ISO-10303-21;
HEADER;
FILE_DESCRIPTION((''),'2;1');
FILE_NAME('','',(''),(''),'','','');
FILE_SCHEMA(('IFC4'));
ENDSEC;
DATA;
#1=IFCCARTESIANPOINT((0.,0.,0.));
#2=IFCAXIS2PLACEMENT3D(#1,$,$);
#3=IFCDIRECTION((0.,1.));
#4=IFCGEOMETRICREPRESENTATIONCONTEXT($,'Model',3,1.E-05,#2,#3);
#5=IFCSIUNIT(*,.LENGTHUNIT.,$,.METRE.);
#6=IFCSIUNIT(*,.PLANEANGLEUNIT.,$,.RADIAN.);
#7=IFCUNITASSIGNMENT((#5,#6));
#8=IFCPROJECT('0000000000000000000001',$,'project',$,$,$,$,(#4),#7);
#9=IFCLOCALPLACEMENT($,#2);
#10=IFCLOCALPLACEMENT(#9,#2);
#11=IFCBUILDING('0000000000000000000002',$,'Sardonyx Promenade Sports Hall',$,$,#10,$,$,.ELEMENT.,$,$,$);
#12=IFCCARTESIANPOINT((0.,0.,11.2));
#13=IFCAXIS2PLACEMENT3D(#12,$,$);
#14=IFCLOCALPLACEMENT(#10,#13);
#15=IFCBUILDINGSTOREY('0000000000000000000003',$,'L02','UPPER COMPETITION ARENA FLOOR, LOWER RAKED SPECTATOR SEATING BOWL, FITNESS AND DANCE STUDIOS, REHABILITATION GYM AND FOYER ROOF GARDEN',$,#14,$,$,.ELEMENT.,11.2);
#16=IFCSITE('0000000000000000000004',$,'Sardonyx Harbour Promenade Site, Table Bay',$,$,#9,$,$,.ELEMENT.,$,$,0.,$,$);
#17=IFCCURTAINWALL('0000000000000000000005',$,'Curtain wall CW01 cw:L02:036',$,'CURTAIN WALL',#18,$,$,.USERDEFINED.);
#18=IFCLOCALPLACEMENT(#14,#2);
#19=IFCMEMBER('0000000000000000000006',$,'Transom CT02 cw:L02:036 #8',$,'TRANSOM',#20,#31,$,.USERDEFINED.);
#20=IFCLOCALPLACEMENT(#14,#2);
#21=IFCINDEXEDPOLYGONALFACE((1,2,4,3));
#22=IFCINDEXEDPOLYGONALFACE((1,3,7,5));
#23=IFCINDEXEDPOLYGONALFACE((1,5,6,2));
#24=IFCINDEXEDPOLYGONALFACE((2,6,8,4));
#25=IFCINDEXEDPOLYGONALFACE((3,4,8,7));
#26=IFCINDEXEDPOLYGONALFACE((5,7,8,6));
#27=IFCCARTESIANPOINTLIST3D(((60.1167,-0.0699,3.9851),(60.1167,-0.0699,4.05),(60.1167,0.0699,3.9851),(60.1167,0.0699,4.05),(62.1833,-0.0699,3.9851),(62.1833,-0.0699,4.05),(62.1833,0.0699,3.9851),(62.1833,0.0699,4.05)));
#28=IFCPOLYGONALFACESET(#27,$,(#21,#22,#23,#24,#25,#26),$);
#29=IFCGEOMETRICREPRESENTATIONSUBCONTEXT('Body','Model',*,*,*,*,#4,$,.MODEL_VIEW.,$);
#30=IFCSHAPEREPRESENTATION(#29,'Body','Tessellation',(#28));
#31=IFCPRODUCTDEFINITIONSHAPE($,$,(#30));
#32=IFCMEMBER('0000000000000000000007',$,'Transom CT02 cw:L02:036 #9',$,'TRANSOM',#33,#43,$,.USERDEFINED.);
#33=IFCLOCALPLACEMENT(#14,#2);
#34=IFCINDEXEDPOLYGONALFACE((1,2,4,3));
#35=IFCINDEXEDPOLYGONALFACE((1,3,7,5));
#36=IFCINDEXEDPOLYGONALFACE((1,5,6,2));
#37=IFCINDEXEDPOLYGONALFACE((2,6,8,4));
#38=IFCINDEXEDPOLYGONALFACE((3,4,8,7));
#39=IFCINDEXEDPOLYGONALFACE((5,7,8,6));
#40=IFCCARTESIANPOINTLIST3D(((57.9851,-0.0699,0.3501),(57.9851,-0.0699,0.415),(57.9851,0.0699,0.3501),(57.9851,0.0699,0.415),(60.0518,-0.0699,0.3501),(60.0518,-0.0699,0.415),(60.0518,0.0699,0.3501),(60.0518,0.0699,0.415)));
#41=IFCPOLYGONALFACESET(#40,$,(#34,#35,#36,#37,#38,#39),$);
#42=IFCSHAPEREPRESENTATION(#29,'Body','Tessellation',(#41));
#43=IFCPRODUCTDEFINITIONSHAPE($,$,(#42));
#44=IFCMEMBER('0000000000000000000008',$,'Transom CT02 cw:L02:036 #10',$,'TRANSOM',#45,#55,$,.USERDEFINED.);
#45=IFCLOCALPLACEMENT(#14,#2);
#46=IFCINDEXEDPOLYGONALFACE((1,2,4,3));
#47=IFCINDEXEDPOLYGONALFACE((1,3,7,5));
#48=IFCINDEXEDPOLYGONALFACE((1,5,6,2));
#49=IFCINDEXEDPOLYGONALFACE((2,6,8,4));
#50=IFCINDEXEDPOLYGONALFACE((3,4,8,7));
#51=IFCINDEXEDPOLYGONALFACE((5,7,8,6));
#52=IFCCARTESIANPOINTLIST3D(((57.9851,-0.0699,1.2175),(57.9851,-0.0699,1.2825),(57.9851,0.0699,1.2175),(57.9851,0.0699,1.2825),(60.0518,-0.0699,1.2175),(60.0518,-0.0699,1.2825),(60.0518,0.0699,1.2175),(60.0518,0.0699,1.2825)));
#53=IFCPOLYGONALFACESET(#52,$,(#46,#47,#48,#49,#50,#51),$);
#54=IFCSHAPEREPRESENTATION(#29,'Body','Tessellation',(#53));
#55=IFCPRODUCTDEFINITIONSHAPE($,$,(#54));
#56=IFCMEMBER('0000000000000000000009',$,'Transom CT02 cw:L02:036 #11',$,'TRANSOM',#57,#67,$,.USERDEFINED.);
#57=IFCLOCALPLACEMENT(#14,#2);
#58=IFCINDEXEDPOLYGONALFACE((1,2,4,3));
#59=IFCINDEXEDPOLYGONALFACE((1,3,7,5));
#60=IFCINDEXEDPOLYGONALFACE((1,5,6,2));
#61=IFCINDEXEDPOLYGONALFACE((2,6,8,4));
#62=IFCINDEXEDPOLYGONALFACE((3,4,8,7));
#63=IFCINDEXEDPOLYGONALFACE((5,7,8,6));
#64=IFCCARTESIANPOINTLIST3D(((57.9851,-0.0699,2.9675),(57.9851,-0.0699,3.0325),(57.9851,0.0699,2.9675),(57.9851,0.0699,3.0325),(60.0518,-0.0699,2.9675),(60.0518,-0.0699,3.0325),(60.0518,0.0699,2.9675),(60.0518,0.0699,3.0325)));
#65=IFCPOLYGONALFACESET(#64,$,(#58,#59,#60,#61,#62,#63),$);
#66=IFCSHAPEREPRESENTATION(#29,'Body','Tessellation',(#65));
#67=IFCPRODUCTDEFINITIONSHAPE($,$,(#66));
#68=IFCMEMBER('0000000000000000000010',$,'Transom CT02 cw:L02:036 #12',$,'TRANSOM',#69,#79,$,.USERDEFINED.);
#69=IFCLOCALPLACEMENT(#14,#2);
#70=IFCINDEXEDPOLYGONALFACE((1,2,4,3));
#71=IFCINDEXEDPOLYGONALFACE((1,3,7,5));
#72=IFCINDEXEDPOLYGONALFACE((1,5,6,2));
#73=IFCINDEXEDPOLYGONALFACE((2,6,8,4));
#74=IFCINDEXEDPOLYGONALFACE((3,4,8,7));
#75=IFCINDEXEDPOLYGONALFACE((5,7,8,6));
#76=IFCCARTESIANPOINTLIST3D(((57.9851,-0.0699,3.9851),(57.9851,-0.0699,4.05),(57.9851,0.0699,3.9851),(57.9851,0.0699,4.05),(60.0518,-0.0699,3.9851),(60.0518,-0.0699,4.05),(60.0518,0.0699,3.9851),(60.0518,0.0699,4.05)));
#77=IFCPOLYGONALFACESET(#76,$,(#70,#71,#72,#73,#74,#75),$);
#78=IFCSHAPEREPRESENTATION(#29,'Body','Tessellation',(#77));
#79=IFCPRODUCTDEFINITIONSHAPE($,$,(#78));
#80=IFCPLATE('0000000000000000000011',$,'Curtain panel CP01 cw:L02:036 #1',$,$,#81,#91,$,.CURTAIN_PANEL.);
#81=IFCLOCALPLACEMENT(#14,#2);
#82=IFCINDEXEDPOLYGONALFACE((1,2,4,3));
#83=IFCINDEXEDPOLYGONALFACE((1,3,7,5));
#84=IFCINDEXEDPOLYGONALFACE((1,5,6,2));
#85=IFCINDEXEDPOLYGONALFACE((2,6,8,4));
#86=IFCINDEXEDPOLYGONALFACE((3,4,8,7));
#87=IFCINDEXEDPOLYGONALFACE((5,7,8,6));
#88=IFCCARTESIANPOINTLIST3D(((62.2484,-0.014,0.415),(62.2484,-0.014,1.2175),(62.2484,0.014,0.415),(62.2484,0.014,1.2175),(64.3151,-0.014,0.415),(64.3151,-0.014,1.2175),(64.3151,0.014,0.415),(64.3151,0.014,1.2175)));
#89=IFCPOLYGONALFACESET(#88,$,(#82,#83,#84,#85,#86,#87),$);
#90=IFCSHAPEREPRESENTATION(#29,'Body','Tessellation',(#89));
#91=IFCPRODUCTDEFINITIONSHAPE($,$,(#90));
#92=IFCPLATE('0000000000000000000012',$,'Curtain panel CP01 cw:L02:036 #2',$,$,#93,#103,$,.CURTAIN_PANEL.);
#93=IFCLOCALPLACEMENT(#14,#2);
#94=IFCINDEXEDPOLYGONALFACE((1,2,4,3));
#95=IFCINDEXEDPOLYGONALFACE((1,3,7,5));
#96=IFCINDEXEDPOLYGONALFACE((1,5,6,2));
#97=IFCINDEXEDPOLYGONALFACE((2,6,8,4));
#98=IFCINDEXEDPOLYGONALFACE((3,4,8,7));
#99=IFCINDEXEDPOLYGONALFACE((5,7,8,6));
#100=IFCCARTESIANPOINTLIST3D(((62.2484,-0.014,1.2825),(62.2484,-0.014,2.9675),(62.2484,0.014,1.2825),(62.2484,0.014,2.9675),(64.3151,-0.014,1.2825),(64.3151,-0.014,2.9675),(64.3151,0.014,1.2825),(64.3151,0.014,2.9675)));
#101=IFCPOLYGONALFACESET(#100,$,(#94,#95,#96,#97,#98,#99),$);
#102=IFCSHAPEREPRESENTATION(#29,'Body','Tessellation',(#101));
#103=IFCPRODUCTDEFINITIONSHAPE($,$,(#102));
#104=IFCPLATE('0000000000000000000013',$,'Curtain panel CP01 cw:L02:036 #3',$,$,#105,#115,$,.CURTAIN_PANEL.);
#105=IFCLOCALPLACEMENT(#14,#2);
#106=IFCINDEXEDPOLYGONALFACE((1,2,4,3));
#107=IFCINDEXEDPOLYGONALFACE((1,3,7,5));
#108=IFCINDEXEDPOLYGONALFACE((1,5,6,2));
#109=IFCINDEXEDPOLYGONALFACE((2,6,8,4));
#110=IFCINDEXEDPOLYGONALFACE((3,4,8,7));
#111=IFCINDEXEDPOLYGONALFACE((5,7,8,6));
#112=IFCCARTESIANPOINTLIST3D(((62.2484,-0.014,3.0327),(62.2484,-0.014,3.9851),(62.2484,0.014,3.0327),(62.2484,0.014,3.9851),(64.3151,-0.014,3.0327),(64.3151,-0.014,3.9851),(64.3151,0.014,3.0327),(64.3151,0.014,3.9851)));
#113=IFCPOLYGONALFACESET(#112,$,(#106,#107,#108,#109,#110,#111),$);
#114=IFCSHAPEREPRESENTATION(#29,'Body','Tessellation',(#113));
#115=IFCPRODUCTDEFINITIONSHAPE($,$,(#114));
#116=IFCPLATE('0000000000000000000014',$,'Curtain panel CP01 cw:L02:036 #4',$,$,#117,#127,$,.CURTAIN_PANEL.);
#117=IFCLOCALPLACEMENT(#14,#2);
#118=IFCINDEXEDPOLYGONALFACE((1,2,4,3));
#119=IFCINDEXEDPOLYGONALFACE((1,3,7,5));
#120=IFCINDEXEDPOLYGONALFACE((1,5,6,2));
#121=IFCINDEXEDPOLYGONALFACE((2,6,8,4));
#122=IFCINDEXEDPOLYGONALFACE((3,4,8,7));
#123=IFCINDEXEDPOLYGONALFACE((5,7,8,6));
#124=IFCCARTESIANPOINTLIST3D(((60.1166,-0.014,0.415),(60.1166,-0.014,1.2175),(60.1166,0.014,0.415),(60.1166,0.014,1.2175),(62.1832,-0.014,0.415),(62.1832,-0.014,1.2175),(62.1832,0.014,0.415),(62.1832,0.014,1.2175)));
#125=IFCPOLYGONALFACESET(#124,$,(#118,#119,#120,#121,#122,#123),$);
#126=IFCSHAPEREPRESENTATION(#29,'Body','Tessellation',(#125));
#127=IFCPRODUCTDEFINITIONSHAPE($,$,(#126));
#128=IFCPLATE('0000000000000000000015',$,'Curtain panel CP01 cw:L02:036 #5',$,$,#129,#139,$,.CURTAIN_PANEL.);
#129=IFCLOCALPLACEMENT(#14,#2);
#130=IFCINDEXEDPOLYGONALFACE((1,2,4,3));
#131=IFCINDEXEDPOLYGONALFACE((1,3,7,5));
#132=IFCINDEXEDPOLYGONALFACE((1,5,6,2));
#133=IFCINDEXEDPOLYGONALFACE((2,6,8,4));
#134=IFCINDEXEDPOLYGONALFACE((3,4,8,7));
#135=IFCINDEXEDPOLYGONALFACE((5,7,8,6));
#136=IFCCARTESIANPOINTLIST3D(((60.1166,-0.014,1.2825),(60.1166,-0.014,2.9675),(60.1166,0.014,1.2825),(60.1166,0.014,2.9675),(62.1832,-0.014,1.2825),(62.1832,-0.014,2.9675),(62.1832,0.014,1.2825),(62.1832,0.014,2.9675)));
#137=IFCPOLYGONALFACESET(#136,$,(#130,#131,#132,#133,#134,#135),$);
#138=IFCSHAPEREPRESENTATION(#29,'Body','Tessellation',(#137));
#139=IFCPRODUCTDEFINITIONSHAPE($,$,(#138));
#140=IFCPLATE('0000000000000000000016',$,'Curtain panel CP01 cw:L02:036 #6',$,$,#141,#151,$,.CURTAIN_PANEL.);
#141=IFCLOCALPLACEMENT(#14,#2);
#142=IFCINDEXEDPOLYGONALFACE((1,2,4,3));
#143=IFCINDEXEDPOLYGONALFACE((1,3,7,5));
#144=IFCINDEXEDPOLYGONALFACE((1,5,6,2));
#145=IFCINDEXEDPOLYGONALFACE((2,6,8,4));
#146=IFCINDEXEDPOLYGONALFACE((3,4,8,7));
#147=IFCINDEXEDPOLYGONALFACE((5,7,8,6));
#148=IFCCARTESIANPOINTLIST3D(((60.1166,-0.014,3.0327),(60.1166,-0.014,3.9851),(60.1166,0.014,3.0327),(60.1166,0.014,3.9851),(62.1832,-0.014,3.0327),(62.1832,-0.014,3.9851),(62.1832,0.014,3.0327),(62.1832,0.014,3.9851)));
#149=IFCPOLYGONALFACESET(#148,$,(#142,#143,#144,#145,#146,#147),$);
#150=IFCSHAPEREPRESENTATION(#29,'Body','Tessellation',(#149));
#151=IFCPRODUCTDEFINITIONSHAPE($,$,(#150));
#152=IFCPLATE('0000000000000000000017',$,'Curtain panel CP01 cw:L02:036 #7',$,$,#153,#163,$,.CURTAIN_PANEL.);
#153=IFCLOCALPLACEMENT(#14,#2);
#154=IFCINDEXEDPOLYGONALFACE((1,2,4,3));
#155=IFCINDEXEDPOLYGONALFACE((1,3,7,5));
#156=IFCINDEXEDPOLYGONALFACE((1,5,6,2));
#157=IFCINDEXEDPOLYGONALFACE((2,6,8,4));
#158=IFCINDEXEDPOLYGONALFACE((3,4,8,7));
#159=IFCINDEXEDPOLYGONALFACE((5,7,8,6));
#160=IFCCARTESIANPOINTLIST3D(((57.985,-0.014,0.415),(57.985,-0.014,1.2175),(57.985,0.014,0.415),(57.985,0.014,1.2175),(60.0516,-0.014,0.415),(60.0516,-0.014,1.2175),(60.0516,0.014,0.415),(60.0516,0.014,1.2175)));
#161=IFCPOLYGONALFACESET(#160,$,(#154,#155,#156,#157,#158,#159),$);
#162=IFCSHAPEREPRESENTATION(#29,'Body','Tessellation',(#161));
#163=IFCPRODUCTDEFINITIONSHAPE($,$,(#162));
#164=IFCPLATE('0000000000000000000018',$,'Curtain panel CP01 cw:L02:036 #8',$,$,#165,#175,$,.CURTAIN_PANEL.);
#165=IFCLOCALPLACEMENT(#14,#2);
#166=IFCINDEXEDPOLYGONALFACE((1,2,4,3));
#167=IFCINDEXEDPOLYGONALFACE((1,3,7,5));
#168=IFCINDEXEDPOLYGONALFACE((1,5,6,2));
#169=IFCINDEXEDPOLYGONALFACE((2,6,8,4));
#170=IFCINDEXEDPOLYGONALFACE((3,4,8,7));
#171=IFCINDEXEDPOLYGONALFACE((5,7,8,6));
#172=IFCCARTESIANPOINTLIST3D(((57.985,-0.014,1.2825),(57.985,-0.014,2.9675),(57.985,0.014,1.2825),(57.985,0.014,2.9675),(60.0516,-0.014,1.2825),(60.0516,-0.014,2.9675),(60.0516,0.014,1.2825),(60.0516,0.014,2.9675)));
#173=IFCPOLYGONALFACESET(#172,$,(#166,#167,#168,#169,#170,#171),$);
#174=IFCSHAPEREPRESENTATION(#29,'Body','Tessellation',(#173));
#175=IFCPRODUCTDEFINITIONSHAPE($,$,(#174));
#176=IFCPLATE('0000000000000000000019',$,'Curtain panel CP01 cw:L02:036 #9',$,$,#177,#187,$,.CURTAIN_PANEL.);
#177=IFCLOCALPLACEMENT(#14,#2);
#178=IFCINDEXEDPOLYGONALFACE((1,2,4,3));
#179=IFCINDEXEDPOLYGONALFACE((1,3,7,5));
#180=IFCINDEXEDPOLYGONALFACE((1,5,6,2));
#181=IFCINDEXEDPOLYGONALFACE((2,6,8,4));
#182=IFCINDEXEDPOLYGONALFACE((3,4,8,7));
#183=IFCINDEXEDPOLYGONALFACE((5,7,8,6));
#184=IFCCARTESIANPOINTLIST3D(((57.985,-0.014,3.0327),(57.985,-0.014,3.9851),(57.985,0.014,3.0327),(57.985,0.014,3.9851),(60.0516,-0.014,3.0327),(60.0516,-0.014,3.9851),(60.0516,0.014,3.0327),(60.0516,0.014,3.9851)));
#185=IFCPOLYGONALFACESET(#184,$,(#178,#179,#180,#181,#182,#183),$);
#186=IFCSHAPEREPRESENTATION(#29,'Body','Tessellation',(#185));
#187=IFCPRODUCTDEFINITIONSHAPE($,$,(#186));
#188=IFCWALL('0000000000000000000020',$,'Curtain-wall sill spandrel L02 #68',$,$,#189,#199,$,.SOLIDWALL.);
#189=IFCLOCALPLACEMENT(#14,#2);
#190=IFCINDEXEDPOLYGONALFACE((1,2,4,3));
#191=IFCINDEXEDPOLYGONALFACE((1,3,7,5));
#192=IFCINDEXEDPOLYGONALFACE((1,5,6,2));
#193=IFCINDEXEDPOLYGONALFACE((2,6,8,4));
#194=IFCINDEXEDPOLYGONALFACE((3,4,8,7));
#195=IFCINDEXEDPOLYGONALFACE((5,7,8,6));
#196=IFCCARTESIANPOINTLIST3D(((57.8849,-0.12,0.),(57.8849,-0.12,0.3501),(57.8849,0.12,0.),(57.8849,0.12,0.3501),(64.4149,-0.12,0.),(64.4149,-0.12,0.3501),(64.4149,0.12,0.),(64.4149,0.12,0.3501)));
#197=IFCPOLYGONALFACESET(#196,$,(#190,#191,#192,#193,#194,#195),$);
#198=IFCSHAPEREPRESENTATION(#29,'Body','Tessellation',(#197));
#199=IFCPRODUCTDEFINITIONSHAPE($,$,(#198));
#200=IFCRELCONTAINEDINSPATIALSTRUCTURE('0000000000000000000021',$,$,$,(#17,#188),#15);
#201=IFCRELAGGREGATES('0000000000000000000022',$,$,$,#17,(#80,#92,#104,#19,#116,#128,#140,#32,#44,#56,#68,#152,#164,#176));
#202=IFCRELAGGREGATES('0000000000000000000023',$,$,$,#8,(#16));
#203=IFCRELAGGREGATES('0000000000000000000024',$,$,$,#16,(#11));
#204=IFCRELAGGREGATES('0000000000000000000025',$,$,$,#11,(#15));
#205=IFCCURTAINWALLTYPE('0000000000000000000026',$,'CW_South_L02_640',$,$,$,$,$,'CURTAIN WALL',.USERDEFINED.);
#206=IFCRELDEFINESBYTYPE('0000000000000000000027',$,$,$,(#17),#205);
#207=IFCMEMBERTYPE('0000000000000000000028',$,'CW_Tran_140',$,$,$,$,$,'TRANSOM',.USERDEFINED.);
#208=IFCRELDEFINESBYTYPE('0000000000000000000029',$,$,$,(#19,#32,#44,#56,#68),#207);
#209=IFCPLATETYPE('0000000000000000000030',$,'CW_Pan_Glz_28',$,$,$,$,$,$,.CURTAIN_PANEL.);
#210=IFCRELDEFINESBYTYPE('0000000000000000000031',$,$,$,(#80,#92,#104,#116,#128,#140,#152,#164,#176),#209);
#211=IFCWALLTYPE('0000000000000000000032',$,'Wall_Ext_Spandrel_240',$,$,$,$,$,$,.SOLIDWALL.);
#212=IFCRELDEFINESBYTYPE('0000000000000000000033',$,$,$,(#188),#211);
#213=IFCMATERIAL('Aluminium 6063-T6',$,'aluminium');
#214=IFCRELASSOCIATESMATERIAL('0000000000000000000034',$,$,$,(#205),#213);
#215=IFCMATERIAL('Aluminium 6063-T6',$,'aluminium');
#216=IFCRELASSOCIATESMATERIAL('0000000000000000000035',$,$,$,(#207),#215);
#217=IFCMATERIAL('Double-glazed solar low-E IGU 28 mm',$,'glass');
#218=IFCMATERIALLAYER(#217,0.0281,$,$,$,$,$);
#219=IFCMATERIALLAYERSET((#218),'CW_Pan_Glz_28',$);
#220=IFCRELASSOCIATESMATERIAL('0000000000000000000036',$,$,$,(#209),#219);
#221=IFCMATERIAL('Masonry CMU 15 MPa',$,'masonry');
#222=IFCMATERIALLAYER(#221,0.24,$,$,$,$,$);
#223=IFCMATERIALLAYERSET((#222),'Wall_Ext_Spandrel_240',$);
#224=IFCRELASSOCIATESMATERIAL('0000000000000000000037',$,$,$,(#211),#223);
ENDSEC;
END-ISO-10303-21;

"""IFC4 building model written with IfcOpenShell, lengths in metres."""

from ifc_helpers import new_model, si_unit, direction, frame, frame_2d, origin, origin_2d, place, context, subcontext, project, spatial, rectangle, extrude, material, layer, layer_set, material_profile, profile_set, type_object, element, aggregate, save


model = new_model("IFC4")

# Units and contexts
model_context = context("Model", 3, precision=1e-05, world=origin(), true_north=direction((0.0, 1.0)))
body_context = subcontext(model_context, "Body", "Model", "MODEL_VIEW")
ifc_project = project(units=[si_unit("LENGTHUNIT", "METRE"), si_unit("PLANEANGLEUNIT", "RADIAN")], contexts=[model_context])

# Site, building, storey
site_placement = place(None, origin())
site = spatial("IfcSite", under=ifc_project, at=site_placement, Name="Sardonyx Harbour Promenade Site, Table Bay", CompositionType="ELEMENT", RefElevation=0.0)
building_placement = place(site_placement, origin())
building = spatial("IfcBuilding", under=site, at=building_placement, Name="Sardonyx Promenade Sports Hall", CompositionType="ELEMENT")
storey_placement = place(building_placement, frame((0.0, 0.0, 11.2)))
storey = spatial("IfcBuildingStorey", under=building, at=storey_placement, Name="L02", Description="UPPER COMPETITION ARENA FLOOR, LOWER RAKED SPECTATOR SEATING BOWL, FITNESS AND DANCE STUDIOS, REHABILITATION GYM AND FOYER ROOF GARDEN", CompositionType="ELEMENT", Elevation=11.2)

# Curtain wall, members, plates
ifc_material_1 = material(Name="Aluminium 6063-T6", Category="aluminium")
curtain_wall_type = type_object("IfcCurtainWallType", Name="CW_South_L02_640", ElementType="CURTAIN WALL", PredefinedType="USERDEFINED", material=ifc_material_1)
curtain_wall_placement = place(storey_placement, origin())
curtain_wall = element("IfcCurtainWall", 1, at=curtain_wall_placement, inside=storey, type_object=curtain_wall_type, Name="Curtain wall CW01 cw:L02:036", ObjectType="CURTAIN WALL", PredefinedType="USERDEFINED")
ifc_material_2 = material(Name="Aluminium 6063-T6", Category="aluminium")
ifc_material_profile_1 = material_profile(ifc_material_2, rectangle(XDim=0.0649, YDim=0.1399, at=origin_2d()))
ifc_profile_set_1 = profile_set([ifc_material_profile_1], Name="Aluminium 6063-T6")
member_type_1 = type_object("IfcMemberType", Name="CW_Tran_140", ElementType="TRANSOM", PredefinedType="USERDEFINED", material=ifc_profile_set_1)
member_1_placement = place(storey_placement, frame((62.1833, 0.0, 4.0176), z_axis=(-1.0, 0.0, 0.0), x_axis=(0.0, 0.0, 1.0)))
member_1 = element("IfcMember", 2, at=member_1_placement, type_object=member_type_1, Name="Transom CT02 cw:L02:036 #8", ObjectType="TRANSOM", PredefinedType="USERDEFINED", context=body_context, shape_type="SweptSolid", body=[
    extrude(rectangle(XDim=0.0649, YDim=0.1399, at=origin_2d()), origin(), (0.0, 0.0, 1.0), 2.0667),
])
member_2_placement = place(storey_placement, frame((60.0518, 0.0, 0.3826), z_axis=(-1.0, 0.0, 0.0), x_axis=(0.0, 0.0, 1.0)))
member_2 = element("IfcMember", 3, at=member_2_placement, type_object=member_type_1, Name="Transom CT02 cw:L02:036 #9", ObjectType="TRANSOM", PredefinedType="USERDEFINED", context=body_context, shape_type="SweptSolid", body=[
    extrude(rectangle(XDim=0.0649, YDim=0.1399, at=origin_2d()), origin(), (0.0, 0.0, 1.0), 2.0667),
])
member_3_placement = place(storey_placement, frame((60.0518, 0.0, 1.25), z_axis=(-1.0, 0.0, 0.0), x_axis=(0.0, 0.0, 1.0)))
member_3 = element("IfcMember", 4, at=member_3_placement, type_object=member_type_1, Name="Transom CT02 cw:L02:036 #10", ObjectType="TRANSOM", PredefinedType="USERDEFINED", context=body_context, shape_type="SweptSolid", body=[
    extrude(rectangle(XDim=0.0649, YDim=0.1399, at=origin_2d()), origin(), (0.0, 0.0, 1.0), 2.0667),
])
member_4_placement = place(storey_placement, frame((60.0518, 0.0, 3.0), z_axis=(-1.0, 0.0, 0.0), x_axis=(0.0, 0.0, 1.0)))
member_4 = element("IfcMember", 5, at=member_4_placement, type_object=member_type_1, Name="Transom CT02 cw:L02:036 #11", ObjectType="TRANSOM", PredefinedType="USERDEFINED", context=body_context, shape_type="SweptSolid", body=[
    extrude(rectangle(XDim=0.0649, YDim=0.1399, at=origin_2d()), origin(), (0.0, 0.0, 1.0), 2.0667),
])
member_5_placement = place(storey_placement, frame((60.0518, 0.0, 4.0176), z_axis=(-1.0, 0.0, 0.0), x_axis=(0.0, 0.0, 1.0)))
member_5 = element("IfcMember", 6, at=member_5_placement, type_object=member_type_1, Name="Transom CT02 cw:L02:036 #12", ObjectType="TRANSOM", PredefinedType="USERDEFINED", context=body_context, shape_type="SweptSolid", body=[
    extrude(rectangle(XDim=0.0649, YDim=0.1399, at=origin_2d()), origin(), (0.0, 0.0, 1.0), 2.0667),
])
ifc_material_3 = material(Name="Double-glazed solar low-E IGU 28 mm", Category="glass")
ifc_layer_1 = layer(ifc_material_3, 0.0281)
ifc_layer_set_1 = layer_set([ifc_layer_1], Name="CW_Pan_Glz_28")
plate_type = type_object("IfcPlateType", Name="CW_Pan_Glz_28", PredefinedType="CURTAIN_PANEL", material=ifc_layer_set_1)
plate_1_placement = place(storey_placement, frame((63.2817, 0.0, 0.415), z_axis=(0.0, 0.0, 1.0), x_axis=(-1.0, 0.0, 0.0)))
plate_1 = element("IfcPlate", 7, at=plate_1_placement, type_object=plate_type, Name="Curtain panel CP01 cw:L02:036 #1", PredefinedType="CURTAIN_PANEL", context=body_context, shape_type="SweptSolid", body=[
    extrude(rectangle(XDim=2.0667, YDim=0.0281, at=origin_2d()), origin(), (0.0, 0.0, 1.0), 0.8025),
])
plate_2_placement = place(storey_placement, frame((63.2817, 0.0, 1.2825), z_axis=(0.0, 0.0, 1.0), x_axis=(-1.0, 0.0, 0.0)))
plate_2 = element("IfcPlate", 8, at=plate_2_placement, type_object=plate_type, Name="Curtain panel CP01 cw:L02:036 #2", PredefinedType="CURTAIN_PANEL", context=body_context, shape_type="SweptSolid", body=[
    extrude(rectangle(XDim=2.0667, YDim=0.0281, at=origin_2d()), origin(), (0.0, 0.0, 1.0), 1.6851),
])
plate_3_placement = place(storey_placement, frame((63.2817, 0.0, 3.0327), z_axis=(0.0, 0.0, 1.0), x_axis=(-1.0, 0.0, 0.0)))
plate_3 = element("IfcPlate", 9, at=plate_3_placement, type_object=plate_type, Name="Curtain panel CP01 cw:L02:036 #3", PredefinedType="CURTAIN_PANEL", context=body_context, shape_type="SweptSolid", body=[
    extrude(rectangle(XDim=2.0667, YDim=0.0281, at=origin_2d()), origin(), (0.0, 0.0, 1.0), 0.9524),
])
plate_4_placement = place(storey_placement, frame((61.1499, 0.0, 0.415), z_axis=(0.0, 0.0, 1.0), x_axis=(-1.0, 0.0, 0.0)))
plate_4 = element("IfcPlate", 10, at=plate_4_placement, type_object=plate_type, Name="Curtain panel CP01 cw:L02:036 #4", PredefinedType="CURTAIN_PANEL", context=body_context, shape_type="SweptSolid", body=[
    extrude(rectangle(XDim=2.0667, YDim=0.0281, at=origin_2d()), origin(), (0.0, 0.0, 1.0), 0.8025),
])
plate_5_placement = place(storey_placement, frame((61.1499, 0.0, 1.2825), z_axis=(0.0, 0.0, 1.0), x_axis=(-1.0, 0.0, 0.0)))
plate_5 = element("IfcPlate", 11, at=plate_5_placement, type_object=plate_type, Name="Curtain panel CP01 cw:L02:036 #5", PredefinedType="CURTAIN_PANEL", context=body_context, shape_type="SweptSolid", body=[
    extrude(rectangle(XDim=2.0667, YDim=0.0281, at=origin_2d()), origin(), (0.0, 0.0, 1.0), 1.6851),
])
plate_6_placement = place(storey_placement, frame((61.1499, 0.0, 3.0327), z_axis=(0.0, 0.0, 1.0), x_axis=(-1.0, 0.0, 0.0)))
plate_6 = element("IfcPlate", 12, at=plate_6_placement, type_object=plate_type, Name="Curtain panel CP01 cw:L02:036 #6", PredefinedType="CURTAIN_PANEL", context=body_context, shape_type="SweptSolid", body=[
    extrude(rectangle(XDim=2.0667, YDim=0.0281, at=origin_2d()), origin(), (0.0, 0.0, 1.0), 0.9524),
])
plate_7_placement = place(storey_placement, frame((59.0183, 0.0, 0.415), z_axis=(0.0, 0.0, 1.0), x_axis=(-1.0, 0.0, 0.0)))
plate_7 = element("IfcPlate", 13, at=plate_7_placement, type_object=plate_type, Name="Curtain panel CP01 cw:L02:036 #7", PredefinedType="CURTAIN_PANEL", context=body_context, shape_type="SweptSolid", body=[
    extrude(rectangle(XDim=2.0667, YDim=0.0281, at=origin_2d()), origin(), (0.0, 0.0, 1.0), 0.8025),
])
plate_8_placement = place(storey_placement, frame((59.0183, 0.0, 1.2825), z_axis=(0.0, 0.0, 1.0), x_axis=(-1.0, 0.0, 0.0)))
plate_8 = element("IfcPlate", 14, at=plate_8_placement, type_object=plate_type, Name="Curtain panel CP01 cw:L02:036 #8", PredefinedType="CURTAIN_PANEL", context=body_context, shape_type="SweptSolid", body=[
    extrude(rectangle(XDim=2.0667, YDim=0.0281, at=origin_2d()), origin(), (0.0, 0.0, 1.0), 1.6851),
])
plate_9_placement = place(storey_placement, frame((59.0183, 0.0, 3.0327), z_axis=(0.0, 0.0, 1.0), x_axis=(-1.0, 0.0, 0.0)))
plate_9 = element("IfcPlate", 15, at=plate_9_placement, type_object=plate_type, Name="Curtain panel CP01 cw:L02:036 #9", PredefinedType="CURTAIN_PANEL", context=body_context, shape_type="SweptSolid", body=[
    extrude(rectangle(XDim=2.0667, YDim=0.0281, at=origin_2d()), origin(), (0.0, 0.0, 1.0), 0.9524),
])
aggregate(curtain_wall, [plate_1, plate_2, plate_3, member_1, plate_4, plate_5, plate_6, member_2, member_3, member_4, member_5, plate_7, plate_8, plate_9])

# Wall
ifc_material_4 = material(Name="Masonry CMU 15 MPa", Category="masonry")
ifc_layer_2 = layer(ifc_material_4, 0.24)
ifc_layer_set_2 = layer_set([ifc_layer_2], Name="Wall_Ext_Spandrel_240")
wall_type_1 = type_object("IfcWallType", Name="Wall_Ext_Spandrel_240", PredefinedType="SOLIDWALL", material=ifc_layer_set_2)
wall_1_placement = place(storey_placement, frame((64.415, 0.0, 0.0), z_axis=(0.0, 0.0, 1.0), x_axis=(-1.0, 0.0, 0.0)))
element("IfcWall", 16, at=wall_1_placement, inside=storey, type_object=wall_type_1, Name="Curtain-wall sill spandrel L02 #68", PredefinedType="SOLIDWALL", context=body_context, shape_type="SweptSolid", body=[
    extrude(rectangle(XDim=6.53, YDim=0.24, at=frame_2d((3.2651, 0.0))), origin(), (0.0, 0.0, 1.0), 0.3501),
])

save(model, "model.ifc")
